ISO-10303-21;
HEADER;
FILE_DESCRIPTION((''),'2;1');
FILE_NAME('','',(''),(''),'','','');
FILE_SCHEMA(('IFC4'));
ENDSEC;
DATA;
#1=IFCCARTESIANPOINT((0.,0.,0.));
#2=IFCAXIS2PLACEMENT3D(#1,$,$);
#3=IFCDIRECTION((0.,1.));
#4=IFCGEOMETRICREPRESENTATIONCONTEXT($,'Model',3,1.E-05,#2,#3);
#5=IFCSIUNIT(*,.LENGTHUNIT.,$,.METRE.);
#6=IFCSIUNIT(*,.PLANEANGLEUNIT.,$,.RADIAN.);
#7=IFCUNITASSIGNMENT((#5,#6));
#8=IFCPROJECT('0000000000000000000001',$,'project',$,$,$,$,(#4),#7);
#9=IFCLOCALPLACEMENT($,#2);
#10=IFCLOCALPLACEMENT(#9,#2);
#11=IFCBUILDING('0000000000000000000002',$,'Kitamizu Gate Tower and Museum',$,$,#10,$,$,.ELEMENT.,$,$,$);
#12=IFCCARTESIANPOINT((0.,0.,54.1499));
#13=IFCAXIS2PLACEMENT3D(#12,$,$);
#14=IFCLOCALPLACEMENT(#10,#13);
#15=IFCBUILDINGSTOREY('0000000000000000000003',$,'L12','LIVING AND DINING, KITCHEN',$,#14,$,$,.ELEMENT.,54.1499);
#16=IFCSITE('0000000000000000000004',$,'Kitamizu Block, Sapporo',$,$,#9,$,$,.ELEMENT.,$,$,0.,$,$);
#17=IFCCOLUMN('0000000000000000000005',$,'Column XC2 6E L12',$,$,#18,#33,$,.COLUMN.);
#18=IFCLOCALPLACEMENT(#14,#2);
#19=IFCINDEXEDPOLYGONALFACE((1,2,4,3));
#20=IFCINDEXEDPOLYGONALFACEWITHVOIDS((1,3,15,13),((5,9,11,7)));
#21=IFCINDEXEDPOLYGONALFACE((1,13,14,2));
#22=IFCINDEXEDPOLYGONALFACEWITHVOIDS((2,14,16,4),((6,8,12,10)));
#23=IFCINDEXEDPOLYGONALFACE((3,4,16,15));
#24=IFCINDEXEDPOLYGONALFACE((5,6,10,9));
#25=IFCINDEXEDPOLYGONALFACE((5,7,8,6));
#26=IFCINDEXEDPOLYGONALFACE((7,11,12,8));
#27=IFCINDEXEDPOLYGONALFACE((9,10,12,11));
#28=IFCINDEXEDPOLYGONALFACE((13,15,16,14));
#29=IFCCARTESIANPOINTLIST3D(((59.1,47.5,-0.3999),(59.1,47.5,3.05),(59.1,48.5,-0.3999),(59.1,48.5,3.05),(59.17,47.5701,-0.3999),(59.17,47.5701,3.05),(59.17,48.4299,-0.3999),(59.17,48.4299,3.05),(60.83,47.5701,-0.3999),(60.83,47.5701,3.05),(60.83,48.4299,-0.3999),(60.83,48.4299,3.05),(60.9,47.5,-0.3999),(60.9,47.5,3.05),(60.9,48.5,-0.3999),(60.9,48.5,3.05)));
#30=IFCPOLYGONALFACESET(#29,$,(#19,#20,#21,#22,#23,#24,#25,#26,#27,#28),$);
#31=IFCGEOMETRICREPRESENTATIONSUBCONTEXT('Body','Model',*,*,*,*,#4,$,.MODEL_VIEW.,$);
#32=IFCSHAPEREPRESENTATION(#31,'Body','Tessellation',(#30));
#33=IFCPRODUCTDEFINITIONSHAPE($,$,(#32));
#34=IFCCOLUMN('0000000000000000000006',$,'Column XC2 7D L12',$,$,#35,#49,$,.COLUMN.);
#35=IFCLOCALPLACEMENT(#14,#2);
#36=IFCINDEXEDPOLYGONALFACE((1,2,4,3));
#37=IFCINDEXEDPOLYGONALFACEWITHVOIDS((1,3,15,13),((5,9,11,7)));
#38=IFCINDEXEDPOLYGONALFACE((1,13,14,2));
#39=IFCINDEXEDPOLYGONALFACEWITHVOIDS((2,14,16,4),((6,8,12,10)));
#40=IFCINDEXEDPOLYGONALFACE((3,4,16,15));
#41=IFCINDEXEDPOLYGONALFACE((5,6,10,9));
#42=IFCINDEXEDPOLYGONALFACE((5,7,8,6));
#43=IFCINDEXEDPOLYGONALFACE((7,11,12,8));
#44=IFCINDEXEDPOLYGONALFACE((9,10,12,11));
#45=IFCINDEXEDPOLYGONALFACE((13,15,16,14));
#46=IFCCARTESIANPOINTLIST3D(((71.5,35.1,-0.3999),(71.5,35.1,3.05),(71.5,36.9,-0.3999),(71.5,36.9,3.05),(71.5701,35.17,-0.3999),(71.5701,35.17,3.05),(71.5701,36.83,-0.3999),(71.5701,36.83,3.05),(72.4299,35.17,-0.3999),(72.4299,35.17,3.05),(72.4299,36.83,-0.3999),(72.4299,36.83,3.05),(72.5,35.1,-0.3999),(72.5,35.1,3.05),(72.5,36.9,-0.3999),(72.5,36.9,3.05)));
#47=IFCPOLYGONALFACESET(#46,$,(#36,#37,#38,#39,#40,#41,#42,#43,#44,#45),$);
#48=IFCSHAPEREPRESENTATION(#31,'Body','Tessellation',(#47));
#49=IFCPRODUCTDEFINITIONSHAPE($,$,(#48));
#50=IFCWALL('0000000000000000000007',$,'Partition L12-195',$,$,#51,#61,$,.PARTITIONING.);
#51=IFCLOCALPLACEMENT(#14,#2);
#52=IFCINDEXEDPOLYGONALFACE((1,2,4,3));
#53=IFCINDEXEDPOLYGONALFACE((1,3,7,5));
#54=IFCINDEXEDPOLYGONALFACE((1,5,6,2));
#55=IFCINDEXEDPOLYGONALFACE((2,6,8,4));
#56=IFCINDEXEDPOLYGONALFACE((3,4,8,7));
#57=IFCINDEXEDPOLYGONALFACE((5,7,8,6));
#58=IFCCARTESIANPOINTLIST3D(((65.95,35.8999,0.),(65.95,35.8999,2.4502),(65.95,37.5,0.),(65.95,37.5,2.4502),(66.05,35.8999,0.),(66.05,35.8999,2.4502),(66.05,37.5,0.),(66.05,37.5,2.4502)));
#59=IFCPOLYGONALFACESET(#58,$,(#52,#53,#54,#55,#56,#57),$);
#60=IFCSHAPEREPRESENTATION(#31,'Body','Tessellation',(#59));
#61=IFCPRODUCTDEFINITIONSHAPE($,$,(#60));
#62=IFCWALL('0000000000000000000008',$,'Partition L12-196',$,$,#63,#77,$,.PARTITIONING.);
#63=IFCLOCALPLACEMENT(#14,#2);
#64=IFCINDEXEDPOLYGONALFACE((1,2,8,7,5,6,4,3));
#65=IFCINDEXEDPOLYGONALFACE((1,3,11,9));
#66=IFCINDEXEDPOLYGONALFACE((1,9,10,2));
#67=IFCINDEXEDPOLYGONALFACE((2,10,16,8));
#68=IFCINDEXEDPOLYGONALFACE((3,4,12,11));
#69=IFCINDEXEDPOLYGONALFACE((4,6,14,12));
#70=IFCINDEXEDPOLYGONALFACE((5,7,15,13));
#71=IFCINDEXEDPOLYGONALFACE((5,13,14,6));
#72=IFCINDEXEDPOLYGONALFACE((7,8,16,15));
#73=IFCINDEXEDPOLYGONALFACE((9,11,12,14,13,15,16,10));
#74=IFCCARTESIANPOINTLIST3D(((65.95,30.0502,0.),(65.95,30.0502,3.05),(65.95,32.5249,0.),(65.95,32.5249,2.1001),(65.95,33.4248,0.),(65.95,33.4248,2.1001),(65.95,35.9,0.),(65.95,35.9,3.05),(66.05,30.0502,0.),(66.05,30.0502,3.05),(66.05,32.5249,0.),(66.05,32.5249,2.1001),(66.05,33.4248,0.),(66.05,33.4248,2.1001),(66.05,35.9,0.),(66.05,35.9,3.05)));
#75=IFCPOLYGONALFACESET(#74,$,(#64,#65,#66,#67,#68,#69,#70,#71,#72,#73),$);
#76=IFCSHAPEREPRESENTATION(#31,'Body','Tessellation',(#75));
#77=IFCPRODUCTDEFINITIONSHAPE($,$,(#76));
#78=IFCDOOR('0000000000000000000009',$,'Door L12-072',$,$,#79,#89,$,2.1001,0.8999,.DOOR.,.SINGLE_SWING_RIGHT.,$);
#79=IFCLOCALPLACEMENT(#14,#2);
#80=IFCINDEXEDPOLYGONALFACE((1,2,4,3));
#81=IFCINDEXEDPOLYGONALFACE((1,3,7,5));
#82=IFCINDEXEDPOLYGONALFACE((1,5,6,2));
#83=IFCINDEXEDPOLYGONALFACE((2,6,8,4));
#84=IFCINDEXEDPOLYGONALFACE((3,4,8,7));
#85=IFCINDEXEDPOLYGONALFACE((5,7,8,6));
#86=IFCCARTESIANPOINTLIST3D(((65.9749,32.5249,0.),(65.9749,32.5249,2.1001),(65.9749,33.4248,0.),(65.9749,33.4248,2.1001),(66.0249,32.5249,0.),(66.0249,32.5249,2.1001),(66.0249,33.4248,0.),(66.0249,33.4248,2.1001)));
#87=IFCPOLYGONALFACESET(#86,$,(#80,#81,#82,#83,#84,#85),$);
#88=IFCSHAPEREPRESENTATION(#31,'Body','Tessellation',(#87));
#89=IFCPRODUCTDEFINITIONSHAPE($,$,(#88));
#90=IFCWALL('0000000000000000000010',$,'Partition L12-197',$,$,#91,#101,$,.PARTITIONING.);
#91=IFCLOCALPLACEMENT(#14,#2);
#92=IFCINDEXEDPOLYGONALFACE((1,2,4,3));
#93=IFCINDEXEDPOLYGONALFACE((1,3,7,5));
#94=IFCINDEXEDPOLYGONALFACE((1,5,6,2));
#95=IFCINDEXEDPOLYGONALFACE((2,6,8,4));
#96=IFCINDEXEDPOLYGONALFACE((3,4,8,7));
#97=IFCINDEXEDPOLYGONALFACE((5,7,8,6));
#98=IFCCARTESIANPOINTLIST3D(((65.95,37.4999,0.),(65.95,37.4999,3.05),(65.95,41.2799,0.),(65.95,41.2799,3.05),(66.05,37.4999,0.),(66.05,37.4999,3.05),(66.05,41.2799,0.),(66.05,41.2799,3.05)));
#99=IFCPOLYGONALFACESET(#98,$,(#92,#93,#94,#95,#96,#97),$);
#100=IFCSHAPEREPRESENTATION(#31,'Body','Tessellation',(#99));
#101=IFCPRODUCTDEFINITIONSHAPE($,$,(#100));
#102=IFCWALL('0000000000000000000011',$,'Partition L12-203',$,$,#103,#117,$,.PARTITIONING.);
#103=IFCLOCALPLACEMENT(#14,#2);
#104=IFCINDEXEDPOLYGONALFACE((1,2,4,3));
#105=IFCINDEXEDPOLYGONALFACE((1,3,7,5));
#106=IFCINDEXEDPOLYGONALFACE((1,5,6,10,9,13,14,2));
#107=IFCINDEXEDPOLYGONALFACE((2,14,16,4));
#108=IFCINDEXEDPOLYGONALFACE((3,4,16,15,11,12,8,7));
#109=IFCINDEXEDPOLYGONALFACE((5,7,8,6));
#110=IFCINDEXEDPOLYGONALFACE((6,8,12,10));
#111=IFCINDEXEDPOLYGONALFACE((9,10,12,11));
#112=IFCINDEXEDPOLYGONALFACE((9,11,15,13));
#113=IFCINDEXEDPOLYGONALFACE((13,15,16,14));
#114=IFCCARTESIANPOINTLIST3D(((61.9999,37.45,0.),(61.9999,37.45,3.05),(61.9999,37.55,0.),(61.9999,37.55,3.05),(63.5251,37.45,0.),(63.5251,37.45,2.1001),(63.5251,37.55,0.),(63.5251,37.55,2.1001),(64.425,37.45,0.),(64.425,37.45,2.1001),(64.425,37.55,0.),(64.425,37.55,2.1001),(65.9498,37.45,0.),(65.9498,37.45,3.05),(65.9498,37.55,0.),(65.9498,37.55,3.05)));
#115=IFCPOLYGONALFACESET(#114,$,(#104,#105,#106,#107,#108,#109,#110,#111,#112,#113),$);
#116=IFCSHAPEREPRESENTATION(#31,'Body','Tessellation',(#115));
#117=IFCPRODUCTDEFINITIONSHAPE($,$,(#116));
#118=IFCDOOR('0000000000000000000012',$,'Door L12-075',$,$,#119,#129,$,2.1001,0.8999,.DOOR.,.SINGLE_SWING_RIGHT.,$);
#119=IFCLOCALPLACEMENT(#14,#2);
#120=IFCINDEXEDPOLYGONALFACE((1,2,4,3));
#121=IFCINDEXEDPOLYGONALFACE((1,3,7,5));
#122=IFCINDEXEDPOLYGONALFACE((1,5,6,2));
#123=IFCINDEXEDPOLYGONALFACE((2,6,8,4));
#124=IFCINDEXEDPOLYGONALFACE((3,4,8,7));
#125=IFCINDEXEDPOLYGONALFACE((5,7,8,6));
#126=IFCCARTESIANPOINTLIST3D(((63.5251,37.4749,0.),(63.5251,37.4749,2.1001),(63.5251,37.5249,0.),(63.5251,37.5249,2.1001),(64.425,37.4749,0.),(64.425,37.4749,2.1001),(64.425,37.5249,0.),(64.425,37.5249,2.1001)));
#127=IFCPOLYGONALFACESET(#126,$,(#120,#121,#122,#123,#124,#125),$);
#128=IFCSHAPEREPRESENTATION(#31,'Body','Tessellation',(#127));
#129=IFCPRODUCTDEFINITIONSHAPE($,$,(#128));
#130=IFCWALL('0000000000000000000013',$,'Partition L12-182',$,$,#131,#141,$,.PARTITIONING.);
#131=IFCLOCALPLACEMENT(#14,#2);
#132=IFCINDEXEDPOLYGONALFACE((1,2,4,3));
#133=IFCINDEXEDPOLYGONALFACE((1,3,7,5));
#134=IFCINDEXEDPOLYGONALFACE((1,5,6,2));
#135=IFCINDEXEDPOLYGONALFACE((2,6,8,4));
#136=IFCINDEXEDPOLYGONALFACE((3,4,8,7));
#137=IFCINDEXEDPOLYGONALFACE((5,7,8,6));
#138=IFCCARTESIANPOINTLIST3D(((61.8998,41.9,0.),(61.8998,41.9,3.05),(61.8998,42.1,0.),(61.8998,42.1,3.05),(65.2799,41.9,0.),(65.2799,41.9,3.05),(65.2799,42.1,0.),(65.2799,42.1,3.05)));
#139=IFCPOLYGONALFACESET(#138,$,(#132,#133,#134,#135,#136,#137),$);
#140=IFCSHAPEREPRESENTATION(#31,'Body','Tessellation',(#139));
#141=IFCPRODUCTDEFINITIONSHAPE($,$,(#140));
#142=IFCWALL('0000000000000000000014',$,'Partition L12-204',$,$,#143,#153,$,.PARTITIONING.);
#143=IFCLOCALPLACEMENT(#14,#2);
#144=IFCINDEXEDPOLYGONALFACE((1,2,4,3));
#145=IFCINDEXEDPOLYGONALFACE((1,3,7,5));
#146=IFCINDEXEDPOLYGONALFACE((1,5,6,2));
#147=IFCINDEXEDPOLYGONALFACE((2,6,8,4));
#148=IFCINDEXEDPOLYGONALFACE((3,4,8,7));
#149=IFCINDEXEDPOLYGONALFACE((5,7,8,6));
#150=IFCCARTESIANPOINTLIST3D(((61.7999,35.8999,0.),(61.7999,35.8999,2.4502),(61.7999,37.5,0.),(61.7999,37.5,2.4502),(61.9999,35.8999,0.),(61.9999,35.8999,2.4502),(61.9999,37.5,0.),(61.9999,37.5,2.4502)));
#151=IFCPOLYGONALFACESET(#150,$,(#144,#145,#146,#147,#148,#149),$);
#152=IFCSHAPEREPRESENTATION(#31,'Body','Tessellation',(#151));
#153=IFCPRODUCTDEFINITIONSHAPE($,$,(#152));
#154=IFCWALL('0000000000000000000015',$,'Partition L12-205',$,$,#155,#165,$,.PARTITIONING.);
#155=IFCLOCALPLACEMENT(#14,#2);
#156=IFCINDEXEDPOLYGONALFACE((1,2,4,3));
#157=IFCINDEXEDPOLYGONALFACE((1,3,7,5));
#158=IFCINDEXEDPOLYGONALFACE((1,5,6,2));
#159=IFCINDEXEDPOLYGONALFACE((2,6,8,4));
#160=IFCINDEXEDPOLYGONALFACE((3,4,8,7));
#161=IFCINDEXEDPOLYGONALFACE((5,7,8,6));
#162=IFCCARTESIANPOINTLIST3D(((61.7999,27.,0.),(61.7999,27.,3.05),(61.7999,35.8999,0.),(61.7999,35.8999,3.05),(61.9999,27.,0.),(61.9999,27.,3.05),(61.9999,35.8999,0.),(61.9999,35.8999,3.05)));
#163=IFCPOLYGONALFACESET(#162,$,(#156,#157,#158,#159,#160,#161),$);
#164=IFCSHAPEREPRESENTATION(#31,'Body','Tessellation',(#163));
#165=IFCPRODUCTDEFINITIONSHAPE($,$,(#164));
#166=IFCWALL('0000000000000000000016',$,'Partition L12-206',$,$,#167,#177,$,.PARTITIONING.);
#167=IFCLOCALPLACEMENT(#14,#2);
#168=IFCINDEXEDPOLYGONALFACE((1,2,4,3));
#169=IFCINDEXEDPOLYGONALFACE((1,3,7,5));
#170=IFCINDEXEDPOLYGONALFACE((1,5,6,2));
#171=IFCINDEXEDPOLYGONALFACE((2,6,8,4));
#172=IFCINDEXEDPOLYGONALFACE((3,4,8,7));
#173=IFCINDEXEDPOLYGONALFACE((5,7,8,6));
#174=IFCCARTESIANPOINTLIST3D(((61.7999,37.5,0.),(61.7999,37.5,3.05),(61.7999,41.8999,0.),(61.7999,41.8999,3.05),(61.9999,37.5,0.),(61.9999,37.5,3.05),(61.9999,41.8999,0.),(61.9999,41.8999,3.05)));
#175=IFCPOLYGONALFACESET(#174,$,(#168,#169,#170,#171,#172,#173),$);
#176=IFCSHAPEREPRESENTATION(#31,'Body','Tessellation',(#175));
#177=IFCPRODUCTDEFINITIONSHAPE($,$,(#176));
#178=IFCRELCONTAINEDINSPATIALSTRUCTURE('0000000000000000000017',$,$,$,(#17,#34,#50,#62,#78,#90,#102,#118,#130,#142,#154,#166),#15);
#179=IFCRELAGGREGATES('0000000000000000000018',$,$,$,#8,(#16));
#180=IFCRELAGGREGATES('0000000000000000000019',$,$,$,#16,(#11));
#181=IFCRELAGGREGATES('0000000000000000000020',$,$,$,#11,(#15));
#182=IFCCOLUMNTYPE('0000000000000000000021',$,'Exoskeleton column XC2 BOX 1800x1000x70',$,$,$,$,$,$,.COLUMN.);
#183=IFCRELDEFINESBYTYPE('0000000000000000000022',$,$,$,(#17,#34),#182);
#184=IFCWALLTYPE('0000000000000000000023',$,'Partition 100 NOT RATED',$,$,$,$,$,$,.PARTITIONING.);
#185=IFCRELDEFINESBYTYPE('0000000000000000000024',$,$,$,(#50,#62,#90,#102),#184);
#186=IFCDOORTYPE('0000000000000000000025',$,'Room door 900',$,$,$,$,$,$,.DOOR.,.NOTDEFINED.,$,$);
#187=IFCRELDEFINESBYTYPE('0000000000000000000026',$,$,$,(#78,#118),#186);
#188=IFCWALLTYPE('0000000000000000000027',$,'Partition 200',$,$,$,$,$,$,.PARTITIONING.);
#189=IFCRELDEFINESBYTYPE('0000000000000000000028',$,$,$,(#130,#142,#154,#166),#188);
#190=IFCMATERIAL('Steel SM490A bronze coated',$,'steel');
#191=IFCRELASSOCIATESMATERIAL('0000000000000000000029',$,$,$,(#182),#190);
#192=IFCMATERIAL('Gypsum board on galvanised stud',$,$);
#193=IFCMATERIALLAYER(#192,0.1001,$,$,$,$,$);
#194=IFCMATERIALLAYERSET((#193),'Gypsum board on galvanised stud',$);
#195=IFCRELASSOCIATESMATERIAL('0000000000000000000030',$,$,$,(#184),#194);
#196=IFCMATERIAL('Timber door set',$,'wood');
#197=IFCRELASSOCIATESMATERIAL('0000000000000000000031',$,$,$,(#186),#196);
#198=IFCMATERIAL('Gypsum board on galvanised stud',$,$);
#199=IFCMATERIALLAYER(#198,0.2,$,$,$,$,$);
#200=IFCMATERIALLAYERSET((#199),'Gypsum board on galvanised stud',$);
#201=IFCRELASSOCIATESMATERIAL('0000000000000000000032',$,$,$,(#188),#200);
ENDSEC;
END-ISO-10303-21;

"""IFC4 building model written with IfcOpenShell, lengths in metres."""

from ifc_helpers import new_model, si_unit, direction, frame, frame_2d, origin, origin_2d, place, context, subcontext, project, spatial, rectangle, hollow_rectangle, extrude, material, layer, layer_set, material_profile, profile_set, type_object, element, fill, save


model = new_model("IFC4")

# Units and contexts
model_context = context("Model", 3, precision=1e-05, world=origin(), true_north=direction((0.0, 1.0)))
body_context = subcontext(model_context, "Body", "Model", "MODEL_VIEW")
ifc_project = project(units=[si_unit("LENGTHUNIT", "METRE"), si_unit("PLANEANGLEUNIT", "RADIAN")], contexts=[model_context])

# Site, building, storey
site_placement = place(None, origin())
site = spatial("IfcSite", under=ifc_project, at=site_placement, Name="Kitamizu Block, Sapporo", CompositionType="ELEMENT", RefElevation=0.0)
building_placement = place(site_placement, origin())
building = spatial("IfcBuilding", under=site, at=building_placement, Name="Kitamizu Gate Tower and Museum", CompositionType="ELEMENT")
storey_placement = place(building_placement, frame((0.0, 0.0, 54.1499)))
storey = spatial("IfcBuildingStorey", under=building, at=storey_placement, Name="L12", Description="LIVING AND DINING, KITCHEN", CompositionType="ELEMENT", Elevation=54.1499)

# Columns
ifc_material_1 = material(Name="Steel SM490A bronze coated", Category="steel")
ifc_material_profile = material_profile(ifc_material_1, hollow_rectangle(XDim=1.8, YDim=1.0, WallThickness=0.0701, at=origin_2d()), Name="BOX 1800x1000x70")
ifc_profile_set = profile_set([ifc_material_profile], Name="Steel SM490A bronze coated")
column_type = type_object("IfcColumnType", Name="Exoskeleton column XC2 BOX 1800x1000x70", PredefinedType="COLUMN", material=ifc_profile_set)
for number, where, z_axis, x_axis, name in (
    (1, (60.0, 48.0, -0.3999), (0.0, 0.0, 1.0), (1.0, 0.0, 0.0), "Column XC2 6E L12"),
    (2, (72.0, 36.0, -0.3999), (0.0, 0.0, 1.0), (0.0, 1.0, 0.0), "Column XC2 7D L12"),
):
    element("IfcColumn", number, at=place(storey_placement, frame(where, z_axis=z_axis, x_axis=x_axis)), inside=storey, type_object=column_type, Name=name, PredefinedType="COLUMN", context=body_context, shape_type="SweptSolid", body=[
        extrude(hollow_rectangle(XDim=1.8, YDim=1.0, WallThickness=0.0701, at=origin_2d()), origin(), (0.0, 0.0, 1.0), 3.45),
    ])

# Wall
ifc_material_2 = material(Name="Gypsum board on galvanised stud")
ifc_layer_1 = layer(ifc_material_2, 0.1001)
ifc_layer_set_1 = layer_set([ifc_layer_1], Name="Gypsum board on galvanised stud")
wall_type_1 = type_object("IfcWallType", Name="Partition 100 NOT RATED", PredefinedType="PARTITIONING", material=ifc_layer_set_1)
wall_1_placement = place(storey_placement, frame((66.0, 37.5, 0.0), z_axis=(0.0, 0.0, 1.0), x_axis=(0.0, -1.0, 0.0)))
element("IfcWall", 3, at=wall_1_placement, inside=storey, type_object=wall_type_1, Name="Partition L12-195", PredefinedType="PARTITIONING", context=body_context, shape_type="SweptSolid", body=[
    extrude(rectangle(XDim=1.6001, YDim=0.1001, at=frame_2d((0.8, 0.0))), origin(), (0.0, 0.0, 1.0), 2.4502),
])

# Wall, opening, door
wall_2_placement = place(storey_placement, frame((66.0, 35.8999, 0.0), z_axis=(0.0, 0.0, 1.0), x_axis=(0.0, -1.0, 0.0)))
wall_2 = element("IfcWall", 4, at=wall_2_placement, inside=storey, type_object=wall_type_1, Name="Partition L12-196", PredefinedType="PARTITIONING", context=body_context, shape_type="SweptSolid", body=[
    extrude(rectangle(XDim=5.8499, YDim=0.1001, at=frame_2d((2.9248, 0.0))), origin(), (0.0, 0.0, 1.0), 3.05),
])
opening_1_placement = place(wall_2_placement, frame((2.4751, 0.0, 0.0)))
opening_1 = element("IfcOpeningElement", 5, at=opening_1_placement, cuts=wall_2, PredefinedType="OPENING", context=body_context, shape_type="SweptSolid", body=[
    extrude(rectangle(XDim=0.8999, YDim=2.1001, at=frame_2d((0.45, 1.05))), frame((0.0, 0.0601, 0.0), z_axis=(0.0, -1.0, 0.0), x_axis=(1.0, 0.0, 0.0)), (0.0, 0.0, 1.0), 0.1201),
])
ifc_material_3 = material(Name="Timber door set", Category="wood")
door_type = type_object("IfcDoorType", Name="Room door 900", OperationType="NOTDEFINED", PredefinedType="DOOR", material=ifc_material_3)
door_1_placement = place(opening_1_placement, origin())
door_1 = element("IfcDoor", 6, at=door_1_placement, inside=storey, type_object=door_type, Name="Door L12-072", OperationType="SINGLE_SWING_RIGHT", OverallHeight=2.1001, OverallWidth=0.8999, PredefinedType="DOOR", context=body_context, shape_type="SweptSolid", body=[
    extrude(rectangle(XDim=0.8999, YDim=2.1001, at=frame_2d((0.45, 1.05))), frame((0.0, 0.0249, 0.0), z_axis=(0.0, -1.0, 0.0), x_axis=(1.0, 0.0, 0.0)), (0.0, 0.0, 1.0), 0.05),
])
fill(opening_1, door_1)

# Wall
wall_3_placement = place(storey_placement, frame((66.0, 41.28, 0.0), z_axis=(0.0, 0.0, 1.0), x_axis=(0.0, -1.0, 0.0)))
element("IfcWall", 7, at=wall_3_placement, inside=storey, type_object=wall_type_1, Name="Partition L12-197", PredefinedType="PARTITIONING", context=body_context, shape_type="SweptSolid", body=[
    extrude(rectangle(XDim=3.78, YDim=0.1001, at=frame_2d((1.8901, 0.0))), origin(), (0.0, 0.0, 1.0), 3.05),
])

# Wall, opening, door
wall_4_placement = place(storey_placement, frame((65.95, 37.5, 0.0), z_axis=(0.0, 0.0, 1.0), x_axis=(-1.0, 0.0, 0.0)))
wall_4 = element("IfcWall", 8, at=wall_4_placement, inside=storey, type_object=wall_type_1, Name="Partition L12-203", PredefinedType="PARTITIONING", context=body_context, shape_type="SweptSolid", body=[
    extrude(rectangle(XDim=3.95, YDim=0.1001, at=frame_2d((1.9751, 0.0))), origin(), (0.0, 0.0, 1.0), 3.05),
])
opening_2_placement = place(wall_4_placement, frame((1.5249, 0.0, 0.0)))
opening_2 = element("IfcOpeningElement", 9, at=opening_2_placement, cuts=wall_4, PredefinedType="OPENING", context=body_context, shape_type="SweptSolid", body=[
    extrude(rectangle(XDim=0.8999, YDim=2.1001, at=frame_2d((0.45, 1.05))), frame((0.0, 0.0601, 0.0), z_axis=(0.0, -1.0, 0.0), x_axis=(1.0, 0.0, 0.0)), (0.0, 0.0, 1.0), 0.1201),
])
door_2_placement = place(opening_2_placement, frame((0.8999, 0.0, 0.0), x_axis=(-1.0, 0.0, 0.0)))
door_2 = element("IfcDoor", 10, at=door_2_placement, inside=storey, type_object=door_type, Name="Door L12-075", OperationType="SINGLE_SWING_RIGHT", OverallHeight=2.1001, OverallWidth=0.8999, PredefinedType="DOOR", context=body_context, shape_type="SweptSolid", body=[
    extrude(rectangle(XDim=0.8999, YDim=2.1001, at=frame_2d((0.45, 1.05))), frame((0.0, 0.0249, 0.0), z_axis=(0.0, -1.0, 0.0), x_axis=(1.0, 0.0, 0.0)), (0.0, 0.0, 1.0), 0.05),
])
fill(opening_2, door_2)

# Walls
ifc_material_4 = material(Name="Gypsum board on galvanised stud")
ifc_layer_2 = layer(ifc_material_4, 0.2)
ifc_layer_set_2 = layer_set([ifc_layer_2], Name="Gypsum board on galvanised stud")
wall_type_2 = type_object("IfcWallType", Name="Partition 200", PredefinedType="PARTITIONING", material=ifc_layer_set_2)
wall_5_placement = place(storey_placement, frame((61.8999, 42.0, 0.0), z_axis=(0.0, 0.0, 1.0), x_axis=(1.0, 0.0, 0.0)))
element("IfcWall", 11, at=wall_5_placement, inside=storey, type_object=wall_type_2, Name="Partition L12-182", PredefinedType="PARTITIONING", context=body_context, shape_type="SweptSolid", body=[
    extrude(rectangle(XDim=3.3801, YDim=0.2, at=frame_2d((1.6899, 0.0))), origin(), (0.0, 0.0, 1.0), 3.05),
])
wall_6_placement = place(storey_placement, frame((61.8999, 37.5, 0.0), z_axis=(0.0, 0.0, 1.0), x_axis=(0.0, -1.0, 0.0)))
element("IfcWall", 12, at=wall_6_placement, inside=storey, type_object=wall_type_2, Name="Partition L12-204", PredefinedType="PARTITIONING", context=body_context, shape_type="SweptSolid", body=[
    extrude(rectangle(XDim=1.6001, YDim=0.2, at=frame_2d((0.8, 0.0))), origin(), (0.0, 0.0, 1.0), 2.4502),
])
wall_7_placement = place(storey_placement, frame((61.8999, 35.8999, 0.0), z_axis=(0.0, 0.0, 1.0), x_axis=(0.0, -1.0, 0.0)))
element("IfcWall", 13, at=wall_7_placement, inside=storey, type_object=wall_type_2, Name="Partition L12-205", PredefinedType="PARTITIONING", context=body_context, shape_type="SweptSolid", body=[
    extrude(rectangle(XDim=8.8999, YDim=0.2, at=frame_2d((4.45, 0.0))), origin(), (0.0, 0.0, 1.0), 3.05),
])
wall_8_placement = place(storey_placement, frame((61.8999, 41.8999, 0.0), z_axis=(0.0, 0.0, 1.0), x_axis=(0.0, -1.0, 0.0)))
element("IfcWall", 14, at=wall_8_placement, inside=storey, type_object=wall_type_2, Name="Partition L12-206", PredefinedType="PARTITIONING", context=body_context, shape_type="SweptSolid", body=[
    extrude(rectangle(XDim=4.3999, YDim=0.2, at=frame_2d((2.2, 0.0))), origin(), (0.0, 0.0, 1.0), 3.05),
])

save(model, "model.ifc")
